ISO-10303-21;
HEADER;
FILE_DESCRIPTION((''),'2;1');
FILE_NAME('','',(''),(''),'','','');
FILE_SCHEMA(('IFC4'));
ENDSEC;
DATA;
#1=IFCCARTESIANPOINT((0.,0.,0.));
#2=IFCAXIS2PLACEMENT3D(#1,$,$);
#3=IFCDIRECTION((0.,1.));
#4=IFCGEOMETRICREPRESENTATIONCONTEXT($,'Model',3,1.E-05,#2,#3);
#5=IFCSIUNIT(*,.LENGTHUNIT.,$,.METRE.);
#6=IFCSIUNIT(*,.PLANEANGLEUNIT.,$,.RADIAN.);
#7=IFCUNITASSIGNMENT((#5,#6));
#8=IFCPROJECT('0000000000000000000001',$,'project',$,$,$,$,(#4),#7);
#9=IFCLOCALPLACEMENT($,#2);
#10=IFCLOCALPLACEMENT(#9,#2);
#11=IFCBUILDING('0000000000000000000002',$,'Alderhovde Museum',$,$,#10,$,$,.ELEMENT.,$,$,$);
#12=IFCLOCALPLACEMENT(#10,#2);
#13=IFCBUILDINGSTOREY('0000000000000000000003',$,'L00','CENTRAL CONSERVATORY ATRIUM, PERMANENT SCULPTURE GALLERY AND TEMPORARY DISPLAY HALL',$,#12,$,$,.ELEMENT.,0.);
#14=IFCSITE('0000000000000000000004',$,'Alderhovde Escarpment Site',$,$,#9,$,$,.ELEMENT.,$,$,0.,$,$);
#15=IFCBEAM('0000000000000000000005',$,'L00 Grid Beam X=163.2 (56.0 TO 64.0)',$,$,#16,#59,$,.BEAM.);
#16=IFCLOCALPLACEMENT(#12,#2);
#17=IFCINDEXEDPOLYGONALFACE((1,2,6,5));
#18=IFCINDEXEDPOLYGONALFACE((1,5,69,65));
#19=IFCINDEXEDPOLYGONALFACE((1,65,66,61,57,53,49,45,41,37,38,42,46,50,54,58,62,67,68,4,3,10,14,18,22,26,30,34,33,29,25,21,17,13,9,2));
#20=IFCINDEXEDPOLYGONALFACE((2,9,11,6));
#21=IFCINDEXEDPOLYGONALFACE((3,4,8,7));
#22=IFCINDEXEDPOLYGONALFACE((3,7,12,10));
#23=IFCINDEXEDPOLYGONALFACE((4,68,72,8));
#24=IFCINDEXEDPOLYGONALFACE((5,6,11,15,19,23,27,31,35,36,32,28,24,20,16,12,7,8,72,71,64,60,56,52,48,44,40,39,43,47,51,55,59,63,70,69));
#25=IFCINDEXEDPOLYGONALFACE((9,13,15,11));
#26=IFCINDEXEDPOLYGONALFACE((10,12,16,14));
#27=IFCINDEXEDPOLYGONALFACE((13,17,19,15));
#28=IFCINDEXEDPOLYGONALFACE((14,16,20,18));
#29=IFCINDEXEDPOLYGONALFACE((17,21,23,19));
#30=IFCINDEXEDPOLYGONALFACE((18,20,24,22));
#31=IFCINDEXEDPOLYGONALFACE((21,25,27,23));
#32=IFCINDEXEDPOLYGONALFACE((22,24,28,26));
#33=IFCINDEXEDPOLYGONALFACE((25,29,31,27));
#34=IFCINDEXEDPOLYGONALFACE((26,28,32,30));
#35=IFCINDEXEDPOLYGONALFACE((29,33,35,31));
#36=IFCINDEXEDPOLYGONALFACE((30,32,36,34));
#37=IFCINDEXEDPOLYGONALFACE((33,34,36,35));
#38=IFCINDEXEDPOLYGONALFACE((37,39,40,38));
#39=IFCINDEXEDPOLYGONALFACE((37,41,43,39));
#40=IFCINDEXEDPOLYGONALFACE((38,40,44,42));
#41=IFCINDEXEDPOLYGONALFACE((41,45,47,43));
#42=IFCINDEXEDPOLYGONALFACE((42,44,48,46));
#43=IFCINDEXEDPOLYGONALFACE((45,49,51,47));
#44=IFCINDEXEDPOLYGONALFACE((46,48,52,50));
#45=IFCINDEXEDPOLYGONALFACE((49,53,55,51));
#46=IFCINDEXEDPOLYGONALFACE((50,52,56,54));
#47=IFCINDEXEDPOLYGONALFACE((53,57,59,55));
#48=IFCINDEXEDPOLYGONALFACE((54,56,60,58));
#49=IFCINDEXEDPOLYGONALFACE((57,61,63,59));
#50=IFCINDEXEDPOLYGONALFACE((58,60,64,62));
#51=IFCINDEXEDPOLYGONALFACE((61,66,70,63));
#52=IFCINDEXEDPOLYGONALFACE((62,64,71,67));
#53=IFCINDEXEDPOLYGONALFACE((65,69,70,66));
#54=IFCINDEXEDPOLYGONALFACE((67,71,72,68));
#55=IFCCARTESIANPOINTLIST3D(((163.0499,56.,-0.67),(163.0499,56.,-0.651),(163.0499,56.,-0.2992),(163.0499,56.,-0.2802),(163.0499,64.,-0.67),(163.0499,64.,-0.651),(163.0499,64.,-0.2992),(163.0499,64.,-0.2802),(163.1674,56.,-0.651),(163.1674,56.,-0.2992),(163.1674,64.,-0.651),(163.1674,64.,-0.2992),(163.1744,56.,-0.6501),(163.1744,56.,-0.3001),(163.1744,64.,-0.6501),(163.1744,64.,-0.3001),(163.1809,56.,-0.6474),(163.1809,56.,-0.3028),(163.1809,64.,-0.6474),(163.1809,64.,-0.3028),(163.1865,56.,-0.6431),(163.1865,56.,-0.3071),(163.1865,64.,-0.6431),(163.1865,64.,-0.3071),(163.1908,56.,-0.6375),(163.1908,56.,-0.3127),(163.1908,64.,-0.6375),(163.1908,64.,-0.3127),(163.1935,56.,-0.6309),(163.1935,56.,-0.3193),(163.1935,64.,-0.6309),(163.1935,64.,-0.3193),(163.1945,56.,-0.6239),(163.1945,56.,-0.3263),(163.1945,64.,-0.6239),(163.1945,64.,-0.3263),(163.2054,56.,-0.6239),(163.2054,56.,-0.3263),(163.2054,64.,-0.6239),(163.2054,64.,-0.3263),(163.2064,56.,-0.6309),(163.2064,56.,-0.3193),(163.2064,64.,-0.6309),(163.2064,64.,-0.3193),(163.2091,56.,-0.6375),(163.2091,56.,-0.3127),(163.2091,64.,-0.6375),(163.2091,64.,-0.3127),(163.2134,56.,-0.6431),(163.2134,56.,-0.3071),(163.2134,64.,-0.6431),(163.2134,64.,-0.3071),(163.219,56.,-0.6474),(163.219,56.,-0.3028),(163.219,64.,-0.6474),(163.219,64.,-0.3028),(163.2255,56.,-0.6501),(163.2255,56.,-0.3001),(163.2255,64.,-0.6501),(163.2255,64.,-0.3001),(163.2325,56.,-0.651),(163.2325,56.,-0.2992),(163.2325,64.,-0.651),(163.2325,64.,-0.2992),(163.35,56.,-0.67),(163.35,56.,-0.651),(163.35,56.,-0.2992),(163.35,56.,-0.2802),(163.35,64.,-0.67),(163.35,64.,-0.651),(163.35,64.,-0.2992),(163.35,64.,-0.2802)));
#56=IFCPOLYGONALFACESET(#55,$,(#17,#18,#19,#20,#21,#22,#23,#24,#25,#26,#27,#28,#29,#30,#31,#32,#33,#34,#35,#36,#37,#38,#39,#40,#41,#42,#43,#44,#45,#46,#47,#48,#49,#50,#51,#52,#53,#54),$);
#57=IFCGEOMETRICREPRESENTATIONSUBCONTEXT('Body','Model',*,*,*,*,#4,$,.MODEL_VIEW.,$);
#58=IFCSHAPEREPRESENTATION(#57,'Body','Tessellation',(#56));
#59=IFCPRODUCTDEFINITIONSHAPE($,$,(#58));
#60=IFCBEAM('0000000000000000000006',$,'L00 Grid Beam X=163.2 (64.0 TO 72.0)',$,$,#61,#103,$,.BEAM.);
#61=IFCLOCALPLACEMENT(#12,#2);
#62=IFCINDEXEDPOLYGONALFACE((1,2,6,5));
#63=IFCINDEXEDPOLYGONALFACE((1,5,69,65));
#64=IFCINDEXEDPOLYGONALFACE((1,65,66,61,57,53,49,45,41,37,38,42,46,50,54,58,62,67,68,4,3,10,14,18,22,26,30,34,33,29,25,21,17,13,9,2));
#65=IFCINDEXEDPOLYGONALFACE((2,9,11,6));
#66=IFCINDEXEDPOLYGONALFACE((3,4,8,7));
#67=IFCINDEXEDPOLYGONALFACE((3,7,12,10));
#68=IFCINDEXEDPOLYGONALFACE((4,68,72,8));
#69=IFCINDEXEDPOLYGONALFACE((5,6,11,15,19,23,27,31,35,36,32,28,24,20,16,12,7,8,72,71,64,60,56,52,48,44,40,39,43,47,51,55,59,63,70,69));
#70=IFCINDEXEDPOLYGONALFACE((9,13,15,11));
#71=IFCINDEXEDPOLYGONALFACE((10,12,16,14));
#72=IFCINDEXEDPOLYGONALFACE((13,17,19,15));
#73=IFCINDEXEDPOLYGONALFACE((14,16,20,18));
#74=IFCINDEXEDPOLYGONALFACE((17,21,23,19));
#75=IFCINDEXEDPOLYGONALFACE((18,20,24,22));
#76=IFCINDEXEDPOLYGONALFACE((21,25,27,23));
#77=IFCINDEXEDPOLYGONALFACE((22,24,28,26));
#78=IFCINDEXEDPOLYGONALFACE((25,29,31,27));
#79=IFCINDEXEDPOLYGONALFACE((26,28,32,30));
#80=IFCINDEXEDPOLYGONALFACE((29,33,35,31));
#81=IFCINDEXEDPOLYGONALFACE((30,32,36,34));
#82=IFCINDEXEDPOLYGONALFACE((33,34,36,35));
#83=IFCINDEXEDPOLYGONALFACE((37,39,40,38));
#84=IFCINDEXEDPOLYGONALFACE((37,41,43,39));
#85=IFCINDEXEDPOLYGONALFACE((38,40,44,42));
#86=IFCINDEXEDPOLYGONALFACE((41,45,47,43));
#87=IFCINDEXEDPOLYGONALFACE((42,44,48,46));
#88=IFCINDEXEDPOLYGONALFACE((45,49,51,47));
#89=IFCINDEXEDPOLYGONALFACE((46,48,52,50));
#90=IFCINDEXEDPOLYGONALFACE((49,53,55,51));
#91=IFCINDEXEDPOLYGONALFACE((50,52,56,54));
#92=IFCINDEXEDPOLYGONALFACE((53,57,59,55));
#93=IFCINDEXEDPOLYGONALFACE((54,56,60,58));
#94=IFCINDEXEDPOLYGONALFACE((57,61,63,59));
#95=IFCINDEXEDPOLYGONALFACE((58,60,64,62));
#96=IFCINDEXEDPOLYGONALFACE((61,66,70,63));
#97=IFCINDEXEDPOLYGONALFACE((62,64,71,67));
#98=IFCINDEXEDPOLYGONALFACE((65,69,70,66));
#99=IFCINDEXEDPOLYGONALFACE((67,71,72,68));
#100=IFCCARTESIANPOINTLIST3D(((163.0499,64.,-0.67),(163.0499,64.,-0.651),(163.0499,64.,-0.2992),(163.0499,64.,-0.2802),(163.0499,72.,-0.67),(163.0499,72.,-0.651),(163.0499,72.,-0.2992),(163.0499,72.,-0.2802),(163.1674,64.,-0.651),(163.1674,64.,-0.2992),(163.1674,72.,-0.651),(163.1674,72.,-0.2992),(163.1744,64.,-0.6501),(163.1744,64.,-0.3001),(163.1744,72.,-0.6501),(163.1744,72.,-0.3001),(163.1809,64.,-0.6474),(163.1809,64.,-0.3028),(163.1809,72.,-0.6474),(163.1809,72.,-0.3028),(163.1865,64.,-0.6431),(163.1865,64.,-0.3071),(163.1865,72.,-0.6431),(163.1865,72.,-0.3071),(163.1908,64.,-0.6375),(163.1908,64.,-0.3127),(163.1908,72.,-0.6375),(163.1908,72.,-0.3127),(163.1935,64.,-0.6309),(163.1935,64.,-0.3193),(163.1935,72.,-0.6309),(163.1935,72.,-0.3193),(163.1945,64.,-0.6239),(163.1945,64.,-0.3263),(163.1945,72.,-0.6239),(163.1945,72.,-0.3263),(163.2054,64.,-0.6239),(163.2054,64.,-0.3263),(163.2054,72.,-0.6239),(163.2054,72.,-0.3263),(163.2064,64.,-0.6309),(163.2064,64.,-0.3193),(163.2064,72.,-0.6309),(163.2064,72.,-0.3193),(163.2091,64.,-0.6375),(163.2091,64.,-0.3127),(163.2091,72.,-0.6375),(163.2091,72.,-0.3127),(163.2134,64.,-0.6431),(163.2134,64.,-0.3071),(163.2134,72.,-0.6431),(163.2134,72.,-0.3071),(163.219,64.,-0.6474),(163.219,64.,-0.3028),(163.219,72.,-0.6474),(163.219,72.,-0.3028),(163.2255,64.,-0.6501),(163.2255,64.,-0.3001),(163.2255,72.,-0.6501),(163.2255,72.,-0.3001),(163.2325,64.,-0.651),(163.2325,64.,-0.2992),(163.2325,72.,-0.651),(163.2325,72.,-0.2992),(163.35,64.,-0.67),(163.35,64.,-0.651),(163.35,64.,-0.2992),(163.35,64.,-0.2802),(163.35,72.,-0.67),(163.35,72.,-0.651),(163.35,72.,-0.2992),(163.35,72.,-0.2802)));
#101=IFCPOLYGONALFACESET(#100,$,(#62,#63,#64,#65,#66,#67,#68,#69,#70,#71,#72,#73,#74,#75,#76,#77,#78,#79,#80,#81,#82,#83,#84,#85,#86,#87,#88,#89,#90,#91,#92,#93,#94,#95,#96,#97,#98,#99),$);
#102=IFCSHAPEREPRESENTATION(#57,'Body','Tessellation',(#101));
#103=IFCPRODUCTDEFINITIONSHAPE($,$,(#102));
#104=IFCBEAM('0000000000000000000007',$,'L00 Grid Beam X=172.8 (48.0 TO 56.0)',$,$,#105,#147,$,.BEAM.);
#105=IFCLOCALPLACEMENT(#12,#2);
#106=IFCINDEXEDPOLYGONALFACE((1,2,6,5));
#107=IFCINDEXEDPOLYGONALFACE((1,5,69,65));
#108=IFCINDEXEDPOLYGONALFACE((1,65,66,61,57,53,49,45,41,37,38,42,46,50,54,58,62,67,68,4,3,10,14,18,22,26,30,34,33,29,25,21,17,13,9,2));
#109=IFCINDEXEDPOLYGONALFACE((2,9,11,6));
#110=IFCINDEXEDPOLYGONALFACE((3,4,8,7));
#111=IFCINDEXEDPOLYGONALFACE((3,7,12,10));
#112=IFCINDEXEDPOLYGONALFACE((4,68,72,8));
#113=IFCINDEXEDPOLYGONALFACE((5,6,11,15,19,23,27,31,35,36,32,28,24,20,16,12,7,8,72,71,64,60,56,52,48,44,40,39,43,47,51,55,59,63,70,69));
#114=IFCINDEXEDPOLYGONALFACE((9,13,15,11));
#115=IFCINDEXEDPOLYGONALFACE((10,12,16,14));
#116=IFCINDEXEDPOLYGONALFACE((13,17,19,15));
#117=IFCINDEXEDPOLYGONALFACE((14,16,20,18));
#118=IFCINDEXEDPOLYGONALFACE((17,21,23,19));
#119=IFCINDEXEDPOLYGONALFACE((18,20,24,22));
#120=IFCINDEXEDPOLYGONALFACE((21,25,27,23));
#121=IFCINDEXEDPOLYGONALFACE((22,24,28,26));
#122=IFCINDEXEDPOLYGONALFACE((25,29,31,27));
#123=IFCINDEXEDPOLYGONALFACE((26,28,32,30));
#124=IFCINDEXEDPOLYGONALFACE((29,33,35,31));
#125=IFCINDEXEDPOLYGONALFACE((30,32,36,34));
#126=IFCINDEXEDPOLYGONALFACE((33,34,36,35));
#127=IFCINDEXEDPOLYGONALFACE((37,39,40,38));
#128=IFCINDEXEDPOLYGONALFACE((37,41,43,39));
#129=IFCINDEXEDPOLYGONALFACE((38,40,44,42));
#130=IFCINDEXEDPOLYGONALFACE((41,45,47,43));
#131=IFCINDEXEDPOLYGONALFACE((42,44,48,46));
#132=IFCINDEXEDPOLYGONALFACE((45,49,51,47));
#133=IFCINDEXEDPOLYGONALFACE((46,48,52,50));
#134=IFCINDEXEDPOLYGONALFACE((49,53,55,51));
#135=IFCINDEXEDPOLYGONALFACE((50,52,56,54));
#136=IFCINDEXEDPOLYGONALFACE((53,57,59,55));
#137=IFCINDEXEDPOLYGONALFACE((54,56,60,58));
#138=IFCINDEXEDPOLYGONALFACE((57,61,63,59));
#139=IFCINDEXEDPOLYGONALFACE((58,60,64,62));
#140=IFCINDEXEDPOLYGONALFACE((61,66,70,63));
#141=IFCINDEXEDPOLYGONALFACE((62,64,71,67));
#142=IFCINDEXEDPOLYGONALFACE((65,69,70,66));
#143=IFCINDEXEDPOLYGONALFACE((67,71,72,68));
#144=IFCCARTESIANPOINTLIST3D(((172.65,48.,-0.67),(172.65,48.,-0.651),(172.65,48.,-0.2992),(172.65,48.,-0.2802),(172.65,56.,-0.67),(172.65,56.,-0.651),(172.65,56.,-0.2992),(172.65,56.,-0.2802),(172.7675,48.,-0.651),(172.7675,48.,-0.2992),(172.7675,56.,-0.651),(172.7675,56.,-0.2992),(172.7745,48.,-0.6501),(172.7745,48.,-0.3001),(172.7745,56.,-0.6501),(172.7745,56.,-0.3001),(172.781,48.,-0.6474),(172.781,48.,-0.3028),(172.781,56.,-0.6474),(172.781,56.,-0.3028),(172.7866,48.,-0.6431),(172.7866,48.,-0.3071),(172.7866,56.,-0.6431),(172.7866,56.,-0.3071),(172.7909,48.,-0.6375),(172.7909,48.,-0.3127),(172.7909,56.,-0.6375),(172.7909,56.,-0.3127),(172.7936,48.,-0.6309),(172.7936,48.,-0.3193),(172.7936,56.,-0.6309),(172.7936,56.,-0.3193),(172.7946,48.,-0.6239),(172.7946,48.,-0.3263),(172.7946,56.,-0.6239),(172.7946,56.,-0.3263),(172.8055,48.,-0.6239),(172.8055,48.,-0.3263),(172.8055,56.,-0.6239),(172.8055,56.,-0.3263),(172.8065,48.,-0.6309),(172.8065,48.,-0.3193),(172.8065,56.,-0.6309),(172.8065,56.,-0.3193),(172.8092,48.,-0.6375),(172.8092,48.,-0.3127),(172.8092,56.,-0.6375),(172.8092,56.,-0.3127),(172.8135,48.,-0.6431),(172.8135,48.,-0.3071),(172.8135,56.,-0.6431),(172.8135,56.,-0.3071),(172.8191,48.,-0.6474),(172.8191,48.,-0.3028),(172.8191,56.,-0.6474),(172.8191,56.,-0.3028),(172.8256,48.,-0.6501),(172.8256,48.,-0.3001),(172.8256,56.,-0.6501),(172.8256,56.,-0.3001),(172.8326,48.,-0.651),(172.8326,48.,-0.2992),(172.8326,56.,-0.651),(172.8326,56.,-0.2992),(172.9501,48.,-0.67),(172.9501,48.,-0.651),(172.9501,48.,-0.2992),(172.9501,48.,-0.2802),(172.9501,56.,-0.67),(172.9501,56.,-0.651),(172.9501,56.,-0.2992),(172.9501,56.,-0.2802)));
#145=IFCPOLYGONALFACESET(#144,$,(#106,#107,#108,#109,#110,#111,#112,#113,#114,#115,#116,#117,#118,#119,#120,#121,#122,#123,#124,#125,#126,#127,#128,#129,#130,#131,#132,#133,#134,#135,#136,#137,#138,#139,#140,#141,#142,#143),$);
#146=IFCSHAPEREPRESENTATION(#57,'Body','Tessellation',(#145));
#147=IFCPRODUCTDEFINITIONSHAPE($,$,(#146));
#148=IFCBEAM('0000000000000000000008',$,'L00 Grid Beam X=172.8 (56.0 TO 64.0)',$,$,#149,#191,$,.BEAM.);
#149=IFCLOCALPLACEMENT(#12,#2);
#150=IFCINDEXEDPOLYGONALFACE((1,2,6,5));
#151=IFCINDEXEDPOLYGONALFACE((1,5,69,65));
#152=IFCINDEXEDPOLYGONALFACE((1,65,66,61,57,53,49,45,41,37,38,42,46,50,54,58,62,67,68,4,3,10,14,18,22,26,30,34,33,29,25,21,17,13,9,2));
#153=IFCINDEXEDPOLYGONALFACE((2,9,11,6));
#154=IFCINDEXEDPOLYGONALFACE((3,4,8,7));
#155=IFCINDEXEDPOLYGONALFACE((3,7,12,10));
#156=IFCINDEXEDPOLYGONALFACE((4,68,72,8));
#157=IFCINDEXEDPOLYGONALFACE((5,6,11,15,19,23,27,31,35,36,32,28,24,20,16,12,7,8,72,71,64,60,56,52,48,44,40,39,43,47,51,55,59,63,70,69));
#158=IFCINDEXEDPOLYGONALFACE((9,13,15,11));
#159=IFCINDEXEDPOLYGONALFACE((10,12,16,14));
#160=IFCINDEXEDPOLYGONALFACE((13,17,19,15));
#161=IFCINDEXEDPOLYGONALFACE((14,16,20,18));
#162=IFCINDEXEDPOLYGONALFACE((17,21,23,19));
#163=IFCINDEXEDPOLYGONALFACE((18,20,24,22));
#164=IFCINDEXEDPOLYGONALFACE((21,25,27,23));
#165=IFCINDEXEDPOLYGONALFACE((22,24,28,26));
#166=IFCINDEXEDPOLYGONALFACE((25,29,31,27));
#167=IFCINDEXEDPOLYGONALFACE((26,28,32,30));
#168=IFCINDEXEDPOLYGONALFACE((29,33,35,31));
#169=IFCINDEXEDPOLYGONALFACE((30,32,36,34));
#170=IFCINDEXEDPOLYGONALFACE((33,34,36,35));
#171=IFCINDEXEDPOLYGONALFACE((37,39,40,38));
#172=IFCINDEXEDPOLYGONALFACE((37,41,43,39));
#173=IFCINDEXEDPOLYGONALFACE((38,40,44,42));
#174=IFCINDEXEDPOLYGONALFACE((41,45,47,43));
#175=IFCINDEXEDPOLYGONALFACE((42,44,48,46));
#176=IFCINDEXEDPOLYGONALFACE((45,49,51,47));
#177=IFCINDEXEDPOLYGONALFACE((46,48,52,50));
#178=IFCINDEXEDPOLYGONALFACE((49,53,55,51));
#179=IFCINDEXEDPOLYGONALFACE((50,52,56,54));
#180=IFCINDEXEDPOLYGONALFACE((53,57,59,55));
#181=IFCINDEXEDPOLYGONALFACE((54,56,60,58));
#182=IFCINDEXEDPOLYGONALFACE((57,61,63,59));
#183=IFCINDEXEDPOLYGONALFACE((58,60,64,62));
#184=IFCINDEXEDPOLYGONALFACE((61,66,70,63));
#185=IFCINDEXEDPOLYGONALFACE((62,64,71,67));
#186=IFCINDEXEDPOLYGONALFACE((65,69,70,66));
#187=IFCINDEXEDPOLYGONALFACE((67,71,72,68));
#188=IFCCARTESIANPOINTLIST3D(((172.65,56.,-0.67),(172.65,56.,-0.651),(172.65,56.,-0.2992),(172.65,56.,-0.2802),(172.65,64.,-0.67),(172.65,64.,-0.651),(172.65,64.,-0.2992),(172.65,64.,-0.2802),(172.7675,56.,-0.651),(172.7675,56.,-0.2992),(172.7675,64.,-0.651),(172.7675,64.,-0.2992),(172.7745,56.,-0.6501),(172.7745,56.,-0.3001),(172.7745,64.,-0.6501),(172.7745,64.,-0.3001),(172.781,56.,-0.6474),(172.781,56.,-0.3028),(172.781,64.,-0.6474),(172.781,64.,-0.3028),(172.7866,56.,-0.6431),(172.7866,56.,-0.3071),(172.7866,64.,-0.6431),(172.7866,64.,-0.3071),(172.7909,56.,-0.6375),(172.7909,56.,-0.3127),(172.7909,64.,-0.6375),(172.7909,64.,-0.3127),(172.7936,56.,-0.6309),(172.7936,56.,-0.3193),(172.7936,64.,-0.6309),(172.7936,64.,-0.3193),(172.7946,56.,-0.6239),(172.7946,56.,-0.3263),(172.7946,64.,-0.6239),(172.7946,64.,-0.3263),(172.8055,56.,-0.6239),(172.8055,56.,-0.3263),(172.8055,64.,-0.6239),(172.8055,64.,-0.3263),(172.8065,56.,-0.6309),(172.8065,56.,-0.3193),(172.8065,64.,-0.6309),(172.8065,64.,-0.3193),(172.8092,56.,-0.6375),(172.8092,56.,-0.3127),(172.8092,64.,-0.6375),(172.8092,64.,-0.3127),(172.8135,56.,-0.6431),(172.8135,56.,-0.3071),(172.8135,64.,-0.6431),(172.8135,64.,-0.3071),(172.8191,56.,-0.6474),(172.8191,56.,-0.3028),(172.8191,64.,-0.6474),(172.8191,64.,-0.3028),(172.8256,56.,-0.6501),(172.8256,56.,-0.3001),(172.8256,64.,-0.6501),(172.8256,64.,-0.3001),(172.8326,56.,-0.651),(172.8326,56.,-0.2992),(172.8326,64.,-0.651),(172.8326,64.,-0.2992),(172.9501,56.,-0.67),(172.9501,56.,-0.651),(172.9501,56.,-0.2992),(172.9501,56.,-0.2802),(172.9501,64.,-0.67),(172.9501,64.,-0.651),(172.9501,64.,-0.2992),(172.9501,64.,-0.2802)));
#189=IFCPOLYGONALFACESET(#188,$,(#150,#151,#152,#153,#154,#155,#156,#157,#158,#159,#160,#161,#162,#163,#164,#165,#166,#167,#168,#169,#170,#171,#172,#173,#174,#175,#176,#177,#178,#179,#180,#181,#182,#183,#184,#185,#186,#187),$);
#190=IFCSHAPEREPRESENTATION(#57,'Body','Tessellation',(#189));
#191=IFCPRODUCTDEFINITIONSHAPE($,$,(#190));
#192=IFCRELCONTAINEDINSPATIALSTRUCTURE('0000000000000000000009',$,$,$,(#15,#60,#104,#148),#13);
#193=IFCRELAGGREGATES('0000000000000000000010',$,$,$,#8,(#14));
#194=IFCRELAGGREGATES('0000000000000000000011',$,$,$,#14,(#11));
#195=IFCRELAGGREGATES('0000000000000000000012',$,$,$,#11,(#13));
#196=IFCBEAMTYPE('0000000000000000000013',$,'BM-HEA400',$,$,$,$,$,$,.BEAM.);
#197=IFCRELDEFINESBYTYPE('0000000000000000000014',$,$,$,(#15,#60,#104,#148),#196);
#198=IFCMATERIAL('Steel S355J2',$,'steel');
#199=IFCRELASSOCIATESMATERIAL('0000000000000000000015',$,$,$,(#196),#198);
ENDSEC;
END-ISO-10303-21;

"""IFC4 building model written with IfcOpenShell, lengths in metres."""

from ifc_helpers import new_model, si_unit, direction, frame, origin, origin_2d, place, context, subcontext, project, spatial, i_section, extrude, material, material_profile, profile_set, type_object, element, save


model = new_model("IFC4")

# Units and contexts
model_context = context("Model", 3, precision=1e-05, world=origin(), true_north=direction((0.0, 1.0)))
body_context = subcontext(model_context, "Body", "Model", "MODEL_VIEW")
ifc_project = project(units=[si_unit("LENGTHUNIT", "METRE"), si_unit("PLANEANGLEUNIT", "RADIAN")], contexts=[model_context])

# Site, building, storey
site_placement = place(None, origin())
site = spatial("IfcSite", under=ifc_project, at=site_placement, Name="Alderhovde Escarpment Site", CompositionType="ELEMENT", RefElevation=0.0)
building_placement = place(site_placement, origin())
building = spatial("IfcBuilding", under=site, at=building_placement, Name="Alderhovde Museum", CompositionType="ELEMENT")
storey_placement = place(building_placement, origin())
storey = spatial("IfcBuildingStorey", under=building, at=storey_placement, Name="L00", Description="CENTRAL CONSERVATORY ATRIUM, PERMANENT SCULPTURE GALLERY AND TEMPORARY DISPLAY HALL", CompositionType="ELEMENT", Elevation=0.0)

# Beams
ifc_material_1 = material(Name="Steel S355J2", Category="steel")
ifc_material_profile_1 = material_profile(ifc_material_1, i_section(OverallWidth=0.3, OverallDepth=0.3899, WebThickness=0.011, FlangeThickness=0.019, FilletRadius=0.0271, at=origin_2d()), Name="HEA 400")
ifc_profile_set_1 = profile_set([ifc_material_profile_1], Name="Steel S355J2")
beam_type_1 = type_object("IfcBeamType", Name="BM-HEA400", PredefinedType="BEAM", material=ifc_profile_set_1)
for number, where, z_axis, x_axis, name in (
    (1, (163.2, 56.0, -0.4751), (0.0, 1.0, 0.0), (-1.0, 0.0, 0.0), "L00 Grid Beam X=163.2 (56.0 TO 64.0)"),
    (2, (163.2, 64.0, -0.4751), (0.0, 1.0, 0.0), (-1.0, 0.0, 0.0), "L00 Grid Beam X=163.2 (64.0 TO 72.0)"),
    (3, (172.8, 48.0, -0.4751), (0.0, 1.0, 0.0), (-1.0, 0.0, 0.0), "L00 Grid Beam X=172.8 (48.0 TO 56.0)"),
    (4, (172.8, 56.0, -0.4751), (0.0, 1.0, 0.0), (-1.0, 0.0, 0.0), "L00 Grid Beam X=172.8 (56.0 TO 64.0)"),
):
    element("IfcBeam", number, at=place(storey_placement, frame(where, z_axis=z_axis, x_axis=x_axis)), inside=storey, type_object=beam_type_1, Name=name, PredefinedType="BEAM", context=body_context, shape_type="SweptSolid", body=[
        extrude(i_section(OverallWidth=0.3, OverallDepth=0.3899, WebThickness=0.011, FlangeThickness=0.019, FilletRadius=0.0271, at=origin_2d()), origin(), (0.0, 0.0, 1.0), 8.0),
    ])

save(model, "model.ifc")
